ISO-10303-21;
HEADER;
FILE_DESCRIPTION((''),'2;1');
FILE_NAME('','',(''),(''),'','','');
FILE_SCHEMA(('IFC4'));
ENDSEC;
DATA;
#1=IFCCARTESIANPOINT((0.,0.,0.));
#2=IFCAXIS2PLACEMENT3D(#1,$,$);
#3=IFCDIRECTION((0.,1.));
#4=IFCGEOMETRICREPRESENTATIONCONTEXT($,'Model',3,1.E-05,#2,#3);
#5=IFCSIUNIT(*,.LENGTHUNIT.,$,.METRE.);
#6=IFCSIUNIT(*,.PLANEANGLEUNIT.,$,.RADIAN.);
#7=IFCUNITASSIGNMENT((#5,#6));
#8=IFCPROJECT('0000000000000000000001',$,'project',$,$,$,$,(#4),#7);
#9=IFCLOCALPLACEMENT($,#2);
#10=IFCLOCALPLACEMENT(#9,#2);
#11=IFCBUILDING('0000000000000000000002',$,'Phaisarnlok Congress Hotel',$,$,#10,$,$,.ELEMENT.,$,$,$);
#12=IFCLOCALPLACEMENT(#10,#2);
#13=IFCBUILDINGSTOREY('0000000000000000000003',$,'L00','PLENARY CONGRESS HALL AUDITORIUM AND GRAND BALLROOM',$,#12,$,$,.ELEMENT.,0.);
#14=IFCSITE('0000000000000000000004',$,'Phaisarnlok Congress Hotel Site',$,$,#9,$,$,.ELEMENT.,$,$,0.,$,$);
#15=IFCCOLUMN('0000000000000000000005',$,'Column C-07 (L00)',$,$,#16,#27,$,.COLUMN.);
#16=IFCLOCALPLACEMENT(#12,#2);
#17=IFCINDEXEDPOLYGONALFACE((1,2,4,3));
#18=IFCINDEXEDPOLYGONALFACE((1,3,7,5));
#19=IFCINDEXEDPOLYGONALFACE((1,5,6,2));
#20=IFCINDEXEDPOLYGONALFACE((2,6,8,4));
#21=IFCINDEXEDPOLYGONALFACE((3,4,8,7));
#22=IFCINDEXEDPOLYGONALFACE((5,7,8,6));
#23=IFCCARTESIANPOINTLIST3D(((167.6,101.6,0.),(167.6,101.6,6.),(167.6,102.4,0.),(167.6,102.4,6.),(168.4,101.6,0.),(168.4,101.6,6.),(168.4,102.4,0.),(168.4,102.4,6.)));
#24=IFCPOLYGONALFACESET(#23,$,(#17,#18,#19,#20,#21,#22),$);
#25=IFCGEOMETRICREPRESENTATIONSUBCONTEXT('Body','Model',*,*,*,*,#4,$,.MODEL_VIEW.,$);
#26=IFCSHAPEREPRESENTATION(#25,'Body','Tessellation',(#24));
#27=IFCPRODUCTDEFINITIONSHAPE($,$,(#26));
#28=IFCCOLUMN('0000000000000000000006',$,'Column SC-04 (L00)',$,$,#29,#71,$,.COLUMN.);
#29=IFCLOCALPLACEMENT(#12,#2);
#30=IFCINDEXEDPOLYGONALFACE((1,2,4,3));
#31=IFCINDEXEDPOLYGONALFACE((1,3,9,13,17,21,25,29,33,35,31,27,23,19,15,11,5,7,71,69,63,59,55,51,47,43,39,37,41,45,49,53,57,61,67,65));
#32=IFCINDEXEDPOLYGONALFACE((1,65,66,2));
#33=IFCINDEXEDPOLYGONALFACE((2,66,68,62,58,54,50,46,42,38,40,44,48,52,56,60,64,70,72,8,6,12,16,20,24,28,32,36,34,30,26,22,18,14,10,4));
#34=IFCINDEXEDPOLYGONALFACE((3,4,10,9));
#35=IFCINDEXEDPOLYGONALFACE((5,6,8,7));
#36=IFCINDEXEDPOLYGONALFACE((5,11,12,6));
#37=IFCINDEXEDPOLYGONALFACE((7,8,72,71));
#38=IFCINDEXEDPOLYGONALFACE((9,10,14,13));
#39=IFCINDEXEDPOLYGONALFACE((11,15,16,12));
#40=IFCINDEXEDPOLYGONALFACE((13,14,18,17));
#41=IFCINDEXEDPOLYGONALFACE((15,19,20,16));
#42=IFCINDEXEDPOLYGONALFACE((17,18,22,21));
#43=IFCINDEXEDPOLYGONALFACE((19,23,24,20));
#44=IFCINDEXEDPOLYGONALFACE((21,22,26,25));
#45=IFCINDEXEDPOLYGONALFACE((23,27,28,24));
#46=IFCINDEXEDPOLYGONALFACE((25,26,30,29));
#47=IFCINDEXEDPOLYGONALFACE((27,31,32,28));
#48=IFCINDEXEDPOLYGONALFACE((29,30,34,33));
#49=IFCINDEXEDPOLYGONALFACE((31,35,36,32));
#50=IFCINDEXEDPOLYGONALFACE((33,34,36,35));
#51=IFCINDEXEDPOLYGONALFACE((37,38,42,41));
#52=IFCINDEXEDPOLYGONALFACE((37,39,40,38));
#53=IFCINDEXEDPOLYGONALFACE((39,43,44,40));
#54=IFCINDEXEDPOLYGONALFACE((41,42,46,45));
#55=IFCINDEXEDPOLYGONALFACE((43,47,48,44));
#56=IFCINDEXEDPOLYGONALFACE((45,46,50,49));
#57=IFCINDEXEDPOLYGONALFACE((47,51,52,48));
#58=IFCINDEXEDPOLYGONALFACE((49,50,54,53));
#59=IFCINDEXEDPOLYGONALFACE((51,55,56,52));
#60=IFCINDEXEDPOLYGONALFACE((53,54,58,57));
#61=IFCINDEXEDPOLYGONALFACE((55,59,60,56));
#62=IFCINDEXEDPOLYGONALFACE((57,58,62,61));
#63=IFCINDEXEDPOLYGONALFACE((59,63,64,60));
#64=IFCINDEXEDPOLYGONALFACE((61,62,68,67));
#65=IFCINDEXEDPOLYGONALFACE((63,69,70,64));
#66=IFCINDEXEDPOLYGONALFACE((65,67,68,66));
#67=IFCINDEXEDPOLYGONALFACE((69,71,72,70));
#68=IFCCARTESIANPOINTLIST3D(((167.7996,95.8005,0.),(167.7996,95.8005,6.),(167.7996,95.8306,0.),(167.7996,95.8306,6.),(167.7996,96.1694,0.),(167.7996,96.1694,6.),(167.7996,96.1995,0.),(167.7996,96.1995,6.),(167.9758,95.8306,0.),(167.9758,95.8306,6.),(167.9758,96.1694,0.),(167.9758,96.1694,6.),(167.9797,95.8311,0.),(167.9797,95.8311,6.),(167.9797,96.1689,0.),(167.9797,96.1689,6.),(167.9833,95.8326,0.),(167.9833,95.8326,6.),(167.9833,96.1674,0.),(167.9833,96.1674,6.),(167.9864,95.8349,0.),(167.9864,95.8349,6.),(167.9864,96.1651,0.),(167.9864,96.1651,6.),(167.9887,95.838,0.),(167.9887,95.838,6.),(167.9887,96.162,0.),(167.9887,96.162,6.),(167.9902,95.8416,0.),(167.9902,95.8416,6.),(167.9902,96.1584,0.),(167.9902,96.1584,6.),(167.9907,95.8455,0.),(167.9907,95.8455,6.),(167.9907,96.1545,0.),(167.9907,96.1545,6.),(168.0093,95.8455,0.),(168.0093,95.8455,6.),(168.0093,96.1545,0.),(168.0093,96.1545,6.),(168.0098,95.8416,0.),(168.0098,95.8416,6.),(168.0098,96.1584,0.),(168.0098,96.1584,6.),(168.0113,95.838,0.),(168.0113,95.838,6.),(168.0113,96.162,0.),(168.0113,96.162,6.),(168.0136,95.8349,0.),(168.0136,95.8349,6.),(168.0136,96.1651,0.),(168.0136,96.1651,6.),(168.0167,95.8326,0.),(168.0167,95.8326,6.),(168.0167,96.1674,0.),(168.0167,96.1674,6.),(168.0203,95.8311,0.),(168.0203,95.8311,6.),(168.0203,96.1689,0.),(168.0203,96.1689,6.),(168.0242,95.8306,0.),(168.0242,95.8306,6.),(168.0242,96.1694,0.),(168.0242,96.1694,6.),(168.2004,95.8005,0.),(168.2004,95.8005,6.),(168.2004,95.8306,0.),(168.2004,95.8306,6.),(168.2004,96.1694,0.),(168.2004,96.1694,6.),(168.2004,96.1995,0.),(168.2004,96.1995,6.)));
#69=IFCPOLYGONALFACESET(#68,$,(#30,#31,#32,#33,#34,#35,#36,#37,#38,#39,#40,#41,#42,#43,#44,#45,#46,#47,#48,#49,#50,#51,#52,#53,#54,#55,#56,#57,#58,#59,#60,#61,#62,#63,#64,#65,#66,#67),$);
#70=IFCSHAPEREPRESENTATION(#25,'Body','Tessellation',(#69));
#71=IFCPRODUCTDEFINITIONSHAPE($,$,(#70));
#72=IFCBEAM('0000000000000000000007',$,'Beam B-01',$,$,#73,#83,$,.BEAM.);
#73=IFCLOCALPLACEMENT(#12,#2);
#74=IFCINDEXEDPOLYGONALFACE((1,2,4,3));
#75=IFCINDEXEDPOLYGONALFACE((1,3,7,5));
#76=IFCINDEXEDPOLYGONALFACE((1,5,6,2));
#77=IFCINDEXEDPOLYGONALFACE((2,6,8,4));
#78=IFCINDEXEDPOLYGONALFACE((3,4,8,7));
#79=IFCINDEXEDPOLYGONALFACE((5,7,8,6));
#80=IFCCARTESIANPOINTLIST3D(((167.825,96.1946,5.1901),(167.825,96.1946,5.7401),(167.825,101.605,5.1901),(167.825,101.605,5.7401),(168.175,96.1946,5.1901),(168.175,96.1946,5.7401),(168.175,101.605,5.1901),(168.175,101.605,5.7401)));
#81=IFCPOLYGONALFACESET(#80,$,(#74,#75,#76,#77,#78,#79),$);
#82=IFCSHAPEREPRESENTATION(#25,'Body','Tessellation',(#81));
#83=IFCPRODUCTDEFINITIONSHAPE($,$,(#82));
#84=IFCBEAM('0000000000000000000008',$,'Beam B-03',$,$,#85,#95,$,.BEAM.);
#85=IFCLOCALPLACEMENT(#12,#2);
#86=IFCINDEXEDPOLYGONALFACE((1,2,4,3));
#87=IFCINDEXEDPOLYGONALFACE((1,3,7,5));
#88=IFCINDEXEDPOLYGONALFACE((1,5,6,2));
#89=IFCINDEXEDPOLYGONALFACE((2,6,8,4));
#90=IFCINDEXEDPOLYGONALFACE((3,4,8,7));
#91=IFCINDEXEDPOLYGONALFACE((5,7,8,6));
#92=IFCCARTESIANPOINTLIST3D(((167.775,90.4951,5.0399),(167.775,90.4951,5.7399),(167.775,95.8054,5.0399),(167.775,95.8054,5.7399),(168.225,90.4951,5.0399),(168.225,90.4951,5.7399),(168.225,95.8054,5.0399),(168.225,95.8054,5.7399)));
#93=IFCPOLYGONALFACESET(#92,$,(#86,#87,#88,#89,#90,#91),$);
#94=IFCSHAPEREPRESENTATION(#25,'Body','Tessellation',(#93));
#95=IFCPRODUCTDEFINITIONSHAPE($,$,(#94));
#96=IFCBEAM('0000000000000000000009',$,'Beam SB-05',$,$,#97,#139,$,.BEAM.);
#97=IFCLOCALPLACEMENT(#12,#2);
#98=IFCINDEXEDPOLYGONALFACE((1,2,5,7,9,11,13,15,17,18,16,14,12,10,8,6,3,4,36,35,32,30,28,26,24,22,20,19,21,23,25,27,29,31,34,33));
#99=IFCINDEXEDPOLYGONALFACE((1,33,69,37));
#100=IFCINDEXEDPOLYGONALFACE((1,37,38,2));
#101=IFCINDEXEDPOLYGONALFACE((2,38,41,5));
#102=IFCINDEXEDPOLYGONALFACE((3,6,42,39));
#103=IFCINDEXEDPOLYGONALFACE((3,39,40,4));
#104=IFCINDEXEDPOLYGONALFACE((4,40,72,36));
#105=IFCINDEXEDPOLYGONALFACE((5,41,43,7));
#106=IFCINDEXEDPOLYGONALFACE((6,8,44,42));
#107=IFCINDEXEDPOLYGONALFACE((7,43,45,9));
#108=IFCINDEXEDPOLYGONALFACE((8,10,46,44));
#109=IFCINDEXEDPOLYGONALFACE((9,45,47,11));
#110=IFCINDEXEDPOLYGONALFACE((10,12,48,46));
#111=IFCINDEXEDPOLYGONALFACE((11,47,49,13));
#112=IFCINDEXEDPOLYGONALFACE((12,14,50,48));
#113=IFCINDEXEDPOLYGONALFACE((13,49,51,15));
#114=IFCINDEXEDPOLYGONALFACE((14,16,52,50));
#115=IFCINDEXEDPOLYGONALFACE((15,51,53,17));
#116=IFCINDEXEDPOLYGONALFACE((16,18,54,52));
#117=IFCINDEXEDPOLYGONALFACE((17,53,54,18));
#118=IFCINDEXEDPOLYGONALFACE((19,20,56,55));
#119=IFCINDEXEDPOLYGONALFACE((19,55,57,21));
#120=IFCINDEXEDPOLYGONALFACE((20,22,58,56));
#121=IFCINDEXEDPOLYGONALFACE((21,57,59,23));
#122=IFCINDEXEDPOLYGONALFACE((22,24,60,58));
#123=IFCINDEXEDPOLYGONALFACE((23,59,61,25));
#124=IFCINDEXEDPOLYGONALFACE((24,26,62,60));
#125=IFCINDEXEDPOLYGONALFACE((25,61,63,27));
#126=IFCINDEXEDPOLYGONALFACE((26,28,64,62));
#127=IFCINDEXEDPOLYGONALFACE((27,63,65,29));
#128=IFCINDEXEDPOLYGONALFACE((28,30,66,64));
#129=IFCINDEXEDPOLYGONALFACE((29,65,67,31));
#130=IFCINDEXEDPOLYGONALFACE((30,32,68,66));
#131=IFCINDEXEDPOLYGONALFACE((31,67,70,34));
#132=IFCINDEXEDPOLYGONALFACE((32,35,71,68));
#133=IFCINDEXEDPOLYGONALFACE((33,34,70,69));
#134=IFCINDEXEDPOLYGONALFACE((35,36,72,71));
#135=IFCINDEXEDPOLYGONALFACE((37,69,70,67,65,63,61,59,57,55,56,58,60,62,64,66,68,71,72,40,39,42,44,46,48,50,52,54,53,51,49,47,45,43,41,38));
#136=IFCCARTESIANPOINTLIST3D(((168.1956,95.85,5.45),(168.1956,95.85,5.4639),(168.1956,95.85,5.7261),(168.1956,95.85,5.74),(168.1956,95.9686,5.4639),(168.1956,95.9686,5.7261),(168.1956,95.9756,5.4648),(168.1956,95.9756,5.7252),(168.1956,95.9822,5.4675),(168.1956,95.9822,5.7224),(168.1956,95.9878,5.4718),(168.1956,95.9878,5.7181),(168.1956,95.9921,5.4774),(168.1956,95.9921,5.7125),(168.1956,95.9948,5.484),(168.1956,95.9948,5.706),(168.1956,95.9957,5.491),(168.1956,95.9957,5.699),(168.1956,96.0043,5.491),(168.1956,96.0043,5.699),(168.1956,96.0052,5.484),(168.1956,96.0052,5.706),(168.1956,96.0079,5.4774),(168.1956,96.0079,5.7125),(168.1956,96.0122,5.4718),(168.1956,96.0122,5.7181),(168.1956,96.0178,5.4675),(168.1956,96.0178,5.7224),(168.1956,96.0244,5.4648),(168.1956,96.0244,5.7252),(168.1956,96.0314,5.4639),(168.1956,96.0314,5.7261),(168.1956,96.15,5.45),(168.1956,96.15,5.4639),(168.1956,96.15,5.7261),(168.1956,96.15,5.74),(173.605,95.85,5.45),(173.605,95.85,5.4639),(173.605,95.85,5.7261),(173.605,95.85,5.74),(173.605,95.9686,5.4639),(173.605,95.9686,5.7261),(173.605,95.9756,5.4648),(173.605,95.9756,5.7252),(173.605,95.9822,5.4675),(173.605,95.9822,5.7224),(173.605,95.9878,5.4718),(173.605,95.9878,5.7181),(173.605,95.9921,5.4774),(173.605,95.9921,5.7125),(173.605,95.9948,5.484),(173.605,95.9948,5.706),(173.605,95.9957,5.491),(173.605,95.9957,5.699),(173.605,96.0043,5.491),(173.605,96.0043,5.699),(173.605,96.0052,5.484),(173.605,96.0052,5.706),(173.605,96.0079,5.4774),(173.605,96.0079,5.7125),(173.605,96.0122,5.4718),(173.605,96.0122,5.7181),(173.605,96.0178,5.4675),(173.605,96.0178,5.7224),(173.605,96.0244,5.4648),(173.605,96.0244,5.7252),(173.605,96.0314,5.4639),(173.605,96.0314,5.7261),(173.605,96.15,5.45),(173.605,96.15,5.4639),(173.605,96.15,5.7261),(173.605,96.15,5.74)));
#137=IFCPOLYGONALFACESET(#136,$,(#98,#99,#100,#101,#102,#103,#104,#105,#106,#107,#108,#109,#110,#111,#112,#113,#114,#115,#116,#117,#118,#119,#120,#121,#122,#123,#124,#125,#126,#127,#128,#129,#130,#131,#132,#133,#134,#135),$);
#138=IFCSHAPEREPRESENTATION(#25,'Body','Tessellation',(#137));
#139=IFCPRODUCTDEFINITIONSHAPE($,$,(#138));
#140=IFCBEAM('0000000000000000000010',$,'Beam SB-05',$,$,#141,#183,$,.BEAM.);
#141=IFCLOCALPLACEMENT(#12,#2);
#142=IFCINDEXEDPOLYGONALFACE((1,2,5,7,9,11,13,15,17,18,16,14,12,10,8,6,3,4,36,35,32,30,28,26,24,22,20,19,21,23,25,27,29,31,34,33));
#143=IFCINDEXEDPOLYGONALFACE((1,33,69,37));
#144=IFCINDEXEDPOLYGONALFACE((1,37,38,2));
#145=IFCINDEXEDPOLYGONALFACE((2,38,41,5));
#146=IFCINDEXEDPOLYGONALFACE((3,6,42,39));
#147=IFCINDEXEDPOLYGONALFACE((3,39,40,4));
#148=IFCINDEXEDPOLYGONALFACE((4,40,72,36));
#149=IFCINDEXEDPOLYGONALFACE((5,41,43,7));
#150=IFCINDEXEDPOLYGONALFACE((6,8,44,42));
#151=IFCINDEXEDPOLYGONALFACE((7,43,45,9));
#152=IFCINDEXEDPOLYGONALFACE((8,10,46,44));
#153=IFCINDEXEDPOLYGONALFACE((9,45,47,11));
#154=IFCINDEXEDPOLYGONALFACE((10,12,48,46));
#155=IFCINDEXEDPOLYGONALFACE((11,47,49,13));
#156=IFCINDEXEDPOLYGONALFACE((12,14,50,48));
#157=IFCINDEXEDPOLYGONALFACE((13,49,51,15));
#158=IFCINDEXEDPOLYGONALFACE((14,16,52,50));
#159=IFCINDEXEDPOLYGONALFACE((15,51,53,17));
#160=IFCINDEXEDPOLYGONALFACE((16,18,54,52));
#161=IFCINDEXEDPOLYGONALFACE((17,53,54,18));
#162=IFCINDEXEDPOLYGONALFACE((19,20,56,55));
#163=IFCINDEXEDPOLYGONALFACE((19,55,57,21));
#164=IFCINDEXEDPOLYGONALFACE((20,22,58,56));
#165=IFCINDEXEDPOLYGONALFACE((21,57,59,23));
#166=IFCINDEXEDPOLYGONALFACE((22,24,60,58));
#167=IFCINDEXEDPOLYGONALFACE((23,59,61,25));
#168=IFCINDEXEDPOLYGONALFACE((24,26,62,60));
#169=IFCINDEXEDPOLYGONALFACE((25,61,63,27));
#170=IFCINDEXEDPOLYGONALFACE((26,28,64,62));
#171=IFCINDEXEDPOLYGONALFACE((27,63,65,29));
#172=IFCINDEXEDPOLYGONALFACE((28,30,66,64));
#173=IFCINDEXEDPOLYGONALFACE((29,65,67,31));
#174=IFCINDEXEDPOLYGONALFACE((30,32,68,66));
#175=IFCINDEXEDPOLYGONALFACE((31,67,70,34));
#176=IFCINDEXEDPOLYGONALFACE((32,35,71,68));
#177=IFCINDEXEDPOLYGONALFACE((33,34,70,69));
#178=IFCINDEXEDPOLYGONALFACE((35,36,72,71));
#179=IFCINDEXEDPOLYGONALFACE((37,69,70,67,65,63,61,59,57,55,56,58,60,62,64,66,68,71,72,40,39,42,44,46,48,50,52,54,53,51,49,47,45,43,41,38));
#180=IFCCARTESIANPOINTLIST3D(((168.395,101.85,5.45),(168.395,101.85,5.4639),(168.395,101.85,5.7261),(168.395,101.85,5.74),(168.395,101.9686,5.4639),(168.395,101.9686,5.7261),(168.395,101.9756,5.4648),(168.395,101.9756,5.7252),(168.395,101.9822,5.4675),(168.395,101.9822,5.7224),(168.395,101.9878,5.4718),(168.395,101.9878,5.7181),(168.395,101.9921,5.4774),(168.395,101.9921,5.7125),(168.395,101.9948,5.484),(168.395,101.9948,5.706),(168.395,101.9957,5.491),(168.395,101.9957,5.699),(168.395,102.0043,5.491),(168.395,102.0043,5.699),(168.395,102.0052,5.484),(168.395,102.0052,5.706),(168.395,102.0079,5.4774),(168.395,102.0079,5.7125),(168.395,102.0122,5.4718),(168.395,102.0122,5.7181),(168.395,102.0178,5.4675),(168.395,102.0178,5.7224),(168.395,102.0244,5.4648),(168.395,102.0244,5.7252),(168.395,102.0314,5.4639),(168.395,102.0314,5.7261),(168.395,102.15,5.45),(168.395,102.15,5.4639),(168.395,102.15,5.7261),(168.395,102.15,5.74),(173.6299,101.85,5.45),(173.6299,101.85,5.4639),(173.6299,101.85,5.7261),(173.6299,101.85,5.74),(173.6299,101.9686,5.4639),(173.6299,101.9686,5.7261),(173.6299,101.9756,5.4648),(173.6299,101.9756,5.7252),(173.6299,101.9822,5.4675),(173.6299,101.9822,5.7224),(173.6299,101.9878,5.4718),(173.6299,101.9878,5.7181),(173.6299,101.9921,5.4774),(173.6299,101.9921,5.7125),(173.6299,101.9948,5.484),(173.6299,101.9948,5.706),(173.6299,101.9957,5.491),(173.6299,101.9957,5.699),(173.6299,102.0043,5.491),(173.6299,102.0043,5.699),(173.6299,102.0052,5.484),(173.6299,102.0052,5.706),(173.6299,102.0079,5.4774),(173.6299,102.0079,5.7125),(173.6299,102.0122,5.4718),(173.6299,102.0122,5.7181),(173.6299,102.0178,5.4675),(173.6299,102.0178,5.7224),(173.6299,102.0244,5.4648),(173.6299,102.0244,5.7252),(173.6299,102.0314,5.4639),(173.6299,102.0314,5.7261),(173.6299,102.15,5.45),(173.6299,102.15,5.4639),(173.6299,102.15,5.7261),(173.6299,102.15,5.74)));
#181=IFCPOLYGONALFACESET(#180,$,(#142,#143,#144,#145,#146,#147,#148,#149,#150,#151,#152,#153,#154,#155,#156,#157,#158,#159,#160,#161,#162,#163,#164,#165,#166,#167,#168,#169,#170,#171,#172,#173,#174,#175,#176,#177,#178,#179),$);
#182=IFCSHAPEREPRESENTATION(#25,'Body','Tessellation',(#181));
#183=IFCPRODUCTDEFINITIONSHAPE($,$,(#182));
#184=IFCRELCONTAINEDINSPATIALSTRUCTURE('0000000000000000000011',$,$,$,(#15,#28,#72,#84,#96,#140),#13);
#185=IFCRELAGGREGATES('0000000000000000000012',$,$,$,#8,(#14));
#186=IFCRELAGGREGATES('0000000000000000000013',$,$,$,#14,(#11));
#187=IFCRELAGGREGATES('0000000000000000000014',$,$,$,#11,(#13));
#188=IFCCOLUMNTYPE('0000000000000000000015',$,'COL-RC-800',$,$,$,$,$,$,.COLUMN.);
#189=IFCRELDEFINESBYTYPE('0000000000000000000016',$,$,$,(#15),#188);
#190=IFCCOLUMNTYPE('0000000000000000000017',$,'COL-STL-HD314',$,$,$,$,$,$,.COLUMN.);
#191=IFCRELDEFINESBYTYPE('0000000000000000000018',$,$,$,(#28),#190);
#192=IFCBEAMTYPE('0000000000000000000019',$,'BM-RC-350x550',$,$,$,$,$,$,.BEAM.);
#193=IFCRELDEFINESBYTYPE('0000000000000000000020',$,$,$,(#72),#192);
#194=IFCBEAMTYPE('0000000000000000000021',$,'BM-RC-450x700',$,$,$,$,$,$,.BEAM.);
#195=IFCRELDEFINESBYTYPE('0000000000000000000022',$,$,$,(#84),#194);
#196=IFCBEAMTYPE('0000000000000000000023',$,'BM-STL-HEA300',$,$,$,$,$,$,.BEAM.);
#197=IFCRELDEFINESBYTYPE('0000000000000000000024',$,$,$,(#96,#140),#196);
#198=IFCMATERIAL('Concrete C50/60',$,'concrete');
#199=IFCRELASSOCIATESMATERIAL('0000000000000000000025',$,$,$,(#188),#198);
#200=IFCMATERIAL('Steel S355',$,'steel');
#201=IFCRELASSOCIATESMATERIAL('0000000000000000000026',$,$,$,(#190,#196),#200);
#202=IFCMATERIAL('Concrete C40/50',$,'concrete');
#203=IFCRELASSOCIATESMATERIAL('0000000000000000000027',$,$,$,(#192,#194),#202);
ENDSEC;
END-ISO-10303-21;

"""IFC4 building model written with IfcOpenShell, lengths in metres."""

from ifc_helpers import new_model, si_unit, direction, frame, origin, origin_2d, place, context, subcontext, project, spatial, rectangle, i_section, extrude, material, material_profile, profile_set, type_object, element, save


model = new_model("IFC4")

# Units and contexts
model_context = context("Model", 3, precision=1e-05, world=origin(), true_north=direction((0.0, 1.0)))
body_context = subcontext(model_context, "Body", "Model", "MODEL_VIEW")
ifc_project = project(units=[si_unit("LENGTHUNIT", "METRE"), si_unit("PLANEANGLEUNIT", "RADIAN")], contexts=[model_context])

# Site, building, storey
site_placement = place(None, origin())
site = spatial("IfcSite", under=ifc_project, at=site_placement, Name="Phaisarnlok Congress Hotel Site", CompositionType="ELEMENT", RefElevation=0.0)
building_placement = place(site_placement, origin())
building = spatial("IfcBuilding", under=site, at=building_placement, Name="Phaisarnlok Congress Hotel", CompositionType="ELEMENT")
storey_placement = place(building_placement, origin())
storey = spatial("IfcBuildingStorey", under=building, at=storey_placement, Name="L00", Description="PLENARY CONGRESS HALL AUDITORIUM AND GRAND BALLROOM", CompositionType="ELEMENT", Elevation=0.0)

# Columns
ifc_material_1 = material(Name="Concrete C50/60", Category="concrete")
ifc_material_profile_1 = material_profile(ifc_material_1, rectangle(XDim=0.8, YDim=0.8, at=origin_2d()), Name="RC 800x800")
ifc_profile_set_1 = profile_set([ifc_material_profile_1], Name="Concrete C50/60")
column_type_1 = type_object("IfcColumnType", Name="COL-RC-800", PredefinedType="COLUMN", material=ifc_profile_set_1)
column_1_placement = place(storey_placement, frame((168.0, 102.0, 0.0), z_axis=(0.0, 0.0, 1.0), x_axis=(1.0, 0.0, 0.0)))
element("IfcColumn", 1, at=column_1_placement, inside=storey, type_object=column_type_1, Name="Column C-07 (L00)", PredefinedType="COLUMN", context=body_context, shape_type="SweptSolid", body=[
    extrude(rectangle(XDim=0.8, YDim=0.8, at=origin_2d()), origin(), (0.0, 0.0, 1.0), 6.0),
])
ifc_material_2 = material(Name="Steel S355", Category="steel")
ifc_material_profile_2 = material_profile(ifc_material_2, i_section(OverallWidth=0.4009, OverallDepth=0.3989, WebThickness=0.0186, FlangeThickness=0.03, FilletRadius=0.0149, at=origin_2d()), Name="HD 400x314")
ifc_profile_set_2 = profile_set([ifc_material_profile_2], Name="Steel S355")
column_type_2 = type_object("IfcColumnType", Name="COL-STL-HD314", PredefinedType="COLUMN", material=ifc_profile_set_2)
column_2_placement = place(storey_placement, frame((168.0, 96.0, 0.0), z_axis=(0.0, 0.0, 1.0), x_axis=(1.0, 0.0, 0.0)))
element("IfcColumn", 2, at=column_2_placement, inside=storey, type_object=column_type_2, Name="Column SC-04 (L00)", PredefinedType="COLUMN", context=body_context, shape_type="SweptSolid", body=[
    extrude(i_section(OverallWidth=0.4009, OverallDepth=0.3989, WebThickness=0.0186, FlangeThickness=0.03, FilletRadius=0.0149, at=origin_2d()), origin(), (0.0, 0.0, 1.0), 6.0),
])

# Beams
ifc_material_3 = material(Name="Concrete C40/50", Category="concrete")
ifc_material_profile_3 = material_profile(ifc_material_3, rectangle(XDim=0.3501, YDim=0.55, at=origin_2d()), Name="RC 350x550")
ifc_profile_set_3 = profile_set([ifc_material_profile_3], Name="Concrete C40/50")
beam_type_1 = type_object("IfcBeamType", Name="BM-RC-350x550", PredefinedType="BEAM", material=ifc_profile_set_3)
beam_1_placement = place(storey_placement, frame((168.0, 96.1946, 5.4651), z_axis=(0.0, 1.0, 0.0), x_axis=(-1.0, 0.0, 0.0)))
element("IfcBeam", 3, at=beam_1_placement, inside=storey, type_object=beam_type_1, Name="Beam B-01", PredefinedType="BEAM", context=body_context, shape_type="SweptSolid", body=[
    extrude(rectangle(XDim=0.3501, YDim=0.55, at=origin_2d()), origin(), (0.0, 0.0, 1.0), 5.4104),
])
ifc_material_profile_4 = material_profile(ifc_material_3, rectangle(XDim=0.45, YDim=0.7, at=origin_2d()), Name="RC 450x700")
ifc_profile_set_4 = profile_set([ifc_material_profile_4], Name="Concrete C40/50")
beam_type_2 = type_object("IfcBeamType", Name="BM-RC-450x700", PredefinedType="BEAM", material=ifc_profile_set_4)
beam_2_placement = place(storey_placement, frame((168.0, 90.4951, 5.3899), z_axis=(0.0, 1.0, 0.0), x_axis=(-1.0, 0.0, 0.0)))
element("IfcBeam", 4, at=beam_2_placement, inside=storey, type_object=beam_type_2, Name="Beam B-03", PredefinedType="BEAM", context=body_context, shape_type="SweptSolid", body=[
    extrude(rectangle(XDim=0.45, YDim=0.7, at=origin_2d()), origin(), (0.0, 0.0, 1.0), 5.3103),
])
ifc_material_profile_5 = material_profile(ifc_material_2, i_section(OverallWidth=0.3, OverallDepth=0.29, WebThickness=0.0085, FlangeThickness=0.0139, FilletRadius=0.0271, at=origin_2d()), Name="HEA 300")
ifc_profile_set_5 = profile_set([ifc_material_profile_5], Name="Steel S355")
beam_type_3 = type_object("IfcBeamType", Name="BM-STL-HEA300", PredefinedType="BEAM", material=ifc_profile_set_5)
beam_3_placement = place(storey_placement, frame((168.1956, 96.0, 5.595), z_axis=(1.0, 0.0, 0.0), x_axis=(0.0, 1.0, 0.0)))
element("IfcBeam", 5, at=beam_3_placement, inside=storey, type_object=beam_type_3, Name="Beam SB-05", PredefinedType="BEAM", context=body_context, shape_type="SweptSolid", body=[
    extrude(i_section(OverallWidth=0.3, OverallDepth=0.29, WebThickness=0.0085, FlangeThickness=0.0139, FilletRadius=0.0271, at=origin_2d()), origin(), (0.0, 0.0, 1.0), 5.4094),
])
beam_4_placement = place(storey_placement, frame((168.395, 102.0, 5.595), z_axis=(1.0, 0.0, 0.0), x_axis=(0.0, 1.0, 0.0)))
element("IfcBeam", 6, at=beam_4_placement, inside=storey, type_object=beam_type_3, Name="Beam SB-05", PredefinedType="BEAM", context=body_context, shape_type="SweptSolid", body=[
    extrude(i_section(OverallWidth=0.3, OverallDepth=0.29, WebThickness=0.0085, FlangeThickness=0.0139, FilletRadius=0.0271, at=origin_2d()), origin(), (0.0, 0.0, 1.0), 5.2349),
])

save(model, "model.ifc")
